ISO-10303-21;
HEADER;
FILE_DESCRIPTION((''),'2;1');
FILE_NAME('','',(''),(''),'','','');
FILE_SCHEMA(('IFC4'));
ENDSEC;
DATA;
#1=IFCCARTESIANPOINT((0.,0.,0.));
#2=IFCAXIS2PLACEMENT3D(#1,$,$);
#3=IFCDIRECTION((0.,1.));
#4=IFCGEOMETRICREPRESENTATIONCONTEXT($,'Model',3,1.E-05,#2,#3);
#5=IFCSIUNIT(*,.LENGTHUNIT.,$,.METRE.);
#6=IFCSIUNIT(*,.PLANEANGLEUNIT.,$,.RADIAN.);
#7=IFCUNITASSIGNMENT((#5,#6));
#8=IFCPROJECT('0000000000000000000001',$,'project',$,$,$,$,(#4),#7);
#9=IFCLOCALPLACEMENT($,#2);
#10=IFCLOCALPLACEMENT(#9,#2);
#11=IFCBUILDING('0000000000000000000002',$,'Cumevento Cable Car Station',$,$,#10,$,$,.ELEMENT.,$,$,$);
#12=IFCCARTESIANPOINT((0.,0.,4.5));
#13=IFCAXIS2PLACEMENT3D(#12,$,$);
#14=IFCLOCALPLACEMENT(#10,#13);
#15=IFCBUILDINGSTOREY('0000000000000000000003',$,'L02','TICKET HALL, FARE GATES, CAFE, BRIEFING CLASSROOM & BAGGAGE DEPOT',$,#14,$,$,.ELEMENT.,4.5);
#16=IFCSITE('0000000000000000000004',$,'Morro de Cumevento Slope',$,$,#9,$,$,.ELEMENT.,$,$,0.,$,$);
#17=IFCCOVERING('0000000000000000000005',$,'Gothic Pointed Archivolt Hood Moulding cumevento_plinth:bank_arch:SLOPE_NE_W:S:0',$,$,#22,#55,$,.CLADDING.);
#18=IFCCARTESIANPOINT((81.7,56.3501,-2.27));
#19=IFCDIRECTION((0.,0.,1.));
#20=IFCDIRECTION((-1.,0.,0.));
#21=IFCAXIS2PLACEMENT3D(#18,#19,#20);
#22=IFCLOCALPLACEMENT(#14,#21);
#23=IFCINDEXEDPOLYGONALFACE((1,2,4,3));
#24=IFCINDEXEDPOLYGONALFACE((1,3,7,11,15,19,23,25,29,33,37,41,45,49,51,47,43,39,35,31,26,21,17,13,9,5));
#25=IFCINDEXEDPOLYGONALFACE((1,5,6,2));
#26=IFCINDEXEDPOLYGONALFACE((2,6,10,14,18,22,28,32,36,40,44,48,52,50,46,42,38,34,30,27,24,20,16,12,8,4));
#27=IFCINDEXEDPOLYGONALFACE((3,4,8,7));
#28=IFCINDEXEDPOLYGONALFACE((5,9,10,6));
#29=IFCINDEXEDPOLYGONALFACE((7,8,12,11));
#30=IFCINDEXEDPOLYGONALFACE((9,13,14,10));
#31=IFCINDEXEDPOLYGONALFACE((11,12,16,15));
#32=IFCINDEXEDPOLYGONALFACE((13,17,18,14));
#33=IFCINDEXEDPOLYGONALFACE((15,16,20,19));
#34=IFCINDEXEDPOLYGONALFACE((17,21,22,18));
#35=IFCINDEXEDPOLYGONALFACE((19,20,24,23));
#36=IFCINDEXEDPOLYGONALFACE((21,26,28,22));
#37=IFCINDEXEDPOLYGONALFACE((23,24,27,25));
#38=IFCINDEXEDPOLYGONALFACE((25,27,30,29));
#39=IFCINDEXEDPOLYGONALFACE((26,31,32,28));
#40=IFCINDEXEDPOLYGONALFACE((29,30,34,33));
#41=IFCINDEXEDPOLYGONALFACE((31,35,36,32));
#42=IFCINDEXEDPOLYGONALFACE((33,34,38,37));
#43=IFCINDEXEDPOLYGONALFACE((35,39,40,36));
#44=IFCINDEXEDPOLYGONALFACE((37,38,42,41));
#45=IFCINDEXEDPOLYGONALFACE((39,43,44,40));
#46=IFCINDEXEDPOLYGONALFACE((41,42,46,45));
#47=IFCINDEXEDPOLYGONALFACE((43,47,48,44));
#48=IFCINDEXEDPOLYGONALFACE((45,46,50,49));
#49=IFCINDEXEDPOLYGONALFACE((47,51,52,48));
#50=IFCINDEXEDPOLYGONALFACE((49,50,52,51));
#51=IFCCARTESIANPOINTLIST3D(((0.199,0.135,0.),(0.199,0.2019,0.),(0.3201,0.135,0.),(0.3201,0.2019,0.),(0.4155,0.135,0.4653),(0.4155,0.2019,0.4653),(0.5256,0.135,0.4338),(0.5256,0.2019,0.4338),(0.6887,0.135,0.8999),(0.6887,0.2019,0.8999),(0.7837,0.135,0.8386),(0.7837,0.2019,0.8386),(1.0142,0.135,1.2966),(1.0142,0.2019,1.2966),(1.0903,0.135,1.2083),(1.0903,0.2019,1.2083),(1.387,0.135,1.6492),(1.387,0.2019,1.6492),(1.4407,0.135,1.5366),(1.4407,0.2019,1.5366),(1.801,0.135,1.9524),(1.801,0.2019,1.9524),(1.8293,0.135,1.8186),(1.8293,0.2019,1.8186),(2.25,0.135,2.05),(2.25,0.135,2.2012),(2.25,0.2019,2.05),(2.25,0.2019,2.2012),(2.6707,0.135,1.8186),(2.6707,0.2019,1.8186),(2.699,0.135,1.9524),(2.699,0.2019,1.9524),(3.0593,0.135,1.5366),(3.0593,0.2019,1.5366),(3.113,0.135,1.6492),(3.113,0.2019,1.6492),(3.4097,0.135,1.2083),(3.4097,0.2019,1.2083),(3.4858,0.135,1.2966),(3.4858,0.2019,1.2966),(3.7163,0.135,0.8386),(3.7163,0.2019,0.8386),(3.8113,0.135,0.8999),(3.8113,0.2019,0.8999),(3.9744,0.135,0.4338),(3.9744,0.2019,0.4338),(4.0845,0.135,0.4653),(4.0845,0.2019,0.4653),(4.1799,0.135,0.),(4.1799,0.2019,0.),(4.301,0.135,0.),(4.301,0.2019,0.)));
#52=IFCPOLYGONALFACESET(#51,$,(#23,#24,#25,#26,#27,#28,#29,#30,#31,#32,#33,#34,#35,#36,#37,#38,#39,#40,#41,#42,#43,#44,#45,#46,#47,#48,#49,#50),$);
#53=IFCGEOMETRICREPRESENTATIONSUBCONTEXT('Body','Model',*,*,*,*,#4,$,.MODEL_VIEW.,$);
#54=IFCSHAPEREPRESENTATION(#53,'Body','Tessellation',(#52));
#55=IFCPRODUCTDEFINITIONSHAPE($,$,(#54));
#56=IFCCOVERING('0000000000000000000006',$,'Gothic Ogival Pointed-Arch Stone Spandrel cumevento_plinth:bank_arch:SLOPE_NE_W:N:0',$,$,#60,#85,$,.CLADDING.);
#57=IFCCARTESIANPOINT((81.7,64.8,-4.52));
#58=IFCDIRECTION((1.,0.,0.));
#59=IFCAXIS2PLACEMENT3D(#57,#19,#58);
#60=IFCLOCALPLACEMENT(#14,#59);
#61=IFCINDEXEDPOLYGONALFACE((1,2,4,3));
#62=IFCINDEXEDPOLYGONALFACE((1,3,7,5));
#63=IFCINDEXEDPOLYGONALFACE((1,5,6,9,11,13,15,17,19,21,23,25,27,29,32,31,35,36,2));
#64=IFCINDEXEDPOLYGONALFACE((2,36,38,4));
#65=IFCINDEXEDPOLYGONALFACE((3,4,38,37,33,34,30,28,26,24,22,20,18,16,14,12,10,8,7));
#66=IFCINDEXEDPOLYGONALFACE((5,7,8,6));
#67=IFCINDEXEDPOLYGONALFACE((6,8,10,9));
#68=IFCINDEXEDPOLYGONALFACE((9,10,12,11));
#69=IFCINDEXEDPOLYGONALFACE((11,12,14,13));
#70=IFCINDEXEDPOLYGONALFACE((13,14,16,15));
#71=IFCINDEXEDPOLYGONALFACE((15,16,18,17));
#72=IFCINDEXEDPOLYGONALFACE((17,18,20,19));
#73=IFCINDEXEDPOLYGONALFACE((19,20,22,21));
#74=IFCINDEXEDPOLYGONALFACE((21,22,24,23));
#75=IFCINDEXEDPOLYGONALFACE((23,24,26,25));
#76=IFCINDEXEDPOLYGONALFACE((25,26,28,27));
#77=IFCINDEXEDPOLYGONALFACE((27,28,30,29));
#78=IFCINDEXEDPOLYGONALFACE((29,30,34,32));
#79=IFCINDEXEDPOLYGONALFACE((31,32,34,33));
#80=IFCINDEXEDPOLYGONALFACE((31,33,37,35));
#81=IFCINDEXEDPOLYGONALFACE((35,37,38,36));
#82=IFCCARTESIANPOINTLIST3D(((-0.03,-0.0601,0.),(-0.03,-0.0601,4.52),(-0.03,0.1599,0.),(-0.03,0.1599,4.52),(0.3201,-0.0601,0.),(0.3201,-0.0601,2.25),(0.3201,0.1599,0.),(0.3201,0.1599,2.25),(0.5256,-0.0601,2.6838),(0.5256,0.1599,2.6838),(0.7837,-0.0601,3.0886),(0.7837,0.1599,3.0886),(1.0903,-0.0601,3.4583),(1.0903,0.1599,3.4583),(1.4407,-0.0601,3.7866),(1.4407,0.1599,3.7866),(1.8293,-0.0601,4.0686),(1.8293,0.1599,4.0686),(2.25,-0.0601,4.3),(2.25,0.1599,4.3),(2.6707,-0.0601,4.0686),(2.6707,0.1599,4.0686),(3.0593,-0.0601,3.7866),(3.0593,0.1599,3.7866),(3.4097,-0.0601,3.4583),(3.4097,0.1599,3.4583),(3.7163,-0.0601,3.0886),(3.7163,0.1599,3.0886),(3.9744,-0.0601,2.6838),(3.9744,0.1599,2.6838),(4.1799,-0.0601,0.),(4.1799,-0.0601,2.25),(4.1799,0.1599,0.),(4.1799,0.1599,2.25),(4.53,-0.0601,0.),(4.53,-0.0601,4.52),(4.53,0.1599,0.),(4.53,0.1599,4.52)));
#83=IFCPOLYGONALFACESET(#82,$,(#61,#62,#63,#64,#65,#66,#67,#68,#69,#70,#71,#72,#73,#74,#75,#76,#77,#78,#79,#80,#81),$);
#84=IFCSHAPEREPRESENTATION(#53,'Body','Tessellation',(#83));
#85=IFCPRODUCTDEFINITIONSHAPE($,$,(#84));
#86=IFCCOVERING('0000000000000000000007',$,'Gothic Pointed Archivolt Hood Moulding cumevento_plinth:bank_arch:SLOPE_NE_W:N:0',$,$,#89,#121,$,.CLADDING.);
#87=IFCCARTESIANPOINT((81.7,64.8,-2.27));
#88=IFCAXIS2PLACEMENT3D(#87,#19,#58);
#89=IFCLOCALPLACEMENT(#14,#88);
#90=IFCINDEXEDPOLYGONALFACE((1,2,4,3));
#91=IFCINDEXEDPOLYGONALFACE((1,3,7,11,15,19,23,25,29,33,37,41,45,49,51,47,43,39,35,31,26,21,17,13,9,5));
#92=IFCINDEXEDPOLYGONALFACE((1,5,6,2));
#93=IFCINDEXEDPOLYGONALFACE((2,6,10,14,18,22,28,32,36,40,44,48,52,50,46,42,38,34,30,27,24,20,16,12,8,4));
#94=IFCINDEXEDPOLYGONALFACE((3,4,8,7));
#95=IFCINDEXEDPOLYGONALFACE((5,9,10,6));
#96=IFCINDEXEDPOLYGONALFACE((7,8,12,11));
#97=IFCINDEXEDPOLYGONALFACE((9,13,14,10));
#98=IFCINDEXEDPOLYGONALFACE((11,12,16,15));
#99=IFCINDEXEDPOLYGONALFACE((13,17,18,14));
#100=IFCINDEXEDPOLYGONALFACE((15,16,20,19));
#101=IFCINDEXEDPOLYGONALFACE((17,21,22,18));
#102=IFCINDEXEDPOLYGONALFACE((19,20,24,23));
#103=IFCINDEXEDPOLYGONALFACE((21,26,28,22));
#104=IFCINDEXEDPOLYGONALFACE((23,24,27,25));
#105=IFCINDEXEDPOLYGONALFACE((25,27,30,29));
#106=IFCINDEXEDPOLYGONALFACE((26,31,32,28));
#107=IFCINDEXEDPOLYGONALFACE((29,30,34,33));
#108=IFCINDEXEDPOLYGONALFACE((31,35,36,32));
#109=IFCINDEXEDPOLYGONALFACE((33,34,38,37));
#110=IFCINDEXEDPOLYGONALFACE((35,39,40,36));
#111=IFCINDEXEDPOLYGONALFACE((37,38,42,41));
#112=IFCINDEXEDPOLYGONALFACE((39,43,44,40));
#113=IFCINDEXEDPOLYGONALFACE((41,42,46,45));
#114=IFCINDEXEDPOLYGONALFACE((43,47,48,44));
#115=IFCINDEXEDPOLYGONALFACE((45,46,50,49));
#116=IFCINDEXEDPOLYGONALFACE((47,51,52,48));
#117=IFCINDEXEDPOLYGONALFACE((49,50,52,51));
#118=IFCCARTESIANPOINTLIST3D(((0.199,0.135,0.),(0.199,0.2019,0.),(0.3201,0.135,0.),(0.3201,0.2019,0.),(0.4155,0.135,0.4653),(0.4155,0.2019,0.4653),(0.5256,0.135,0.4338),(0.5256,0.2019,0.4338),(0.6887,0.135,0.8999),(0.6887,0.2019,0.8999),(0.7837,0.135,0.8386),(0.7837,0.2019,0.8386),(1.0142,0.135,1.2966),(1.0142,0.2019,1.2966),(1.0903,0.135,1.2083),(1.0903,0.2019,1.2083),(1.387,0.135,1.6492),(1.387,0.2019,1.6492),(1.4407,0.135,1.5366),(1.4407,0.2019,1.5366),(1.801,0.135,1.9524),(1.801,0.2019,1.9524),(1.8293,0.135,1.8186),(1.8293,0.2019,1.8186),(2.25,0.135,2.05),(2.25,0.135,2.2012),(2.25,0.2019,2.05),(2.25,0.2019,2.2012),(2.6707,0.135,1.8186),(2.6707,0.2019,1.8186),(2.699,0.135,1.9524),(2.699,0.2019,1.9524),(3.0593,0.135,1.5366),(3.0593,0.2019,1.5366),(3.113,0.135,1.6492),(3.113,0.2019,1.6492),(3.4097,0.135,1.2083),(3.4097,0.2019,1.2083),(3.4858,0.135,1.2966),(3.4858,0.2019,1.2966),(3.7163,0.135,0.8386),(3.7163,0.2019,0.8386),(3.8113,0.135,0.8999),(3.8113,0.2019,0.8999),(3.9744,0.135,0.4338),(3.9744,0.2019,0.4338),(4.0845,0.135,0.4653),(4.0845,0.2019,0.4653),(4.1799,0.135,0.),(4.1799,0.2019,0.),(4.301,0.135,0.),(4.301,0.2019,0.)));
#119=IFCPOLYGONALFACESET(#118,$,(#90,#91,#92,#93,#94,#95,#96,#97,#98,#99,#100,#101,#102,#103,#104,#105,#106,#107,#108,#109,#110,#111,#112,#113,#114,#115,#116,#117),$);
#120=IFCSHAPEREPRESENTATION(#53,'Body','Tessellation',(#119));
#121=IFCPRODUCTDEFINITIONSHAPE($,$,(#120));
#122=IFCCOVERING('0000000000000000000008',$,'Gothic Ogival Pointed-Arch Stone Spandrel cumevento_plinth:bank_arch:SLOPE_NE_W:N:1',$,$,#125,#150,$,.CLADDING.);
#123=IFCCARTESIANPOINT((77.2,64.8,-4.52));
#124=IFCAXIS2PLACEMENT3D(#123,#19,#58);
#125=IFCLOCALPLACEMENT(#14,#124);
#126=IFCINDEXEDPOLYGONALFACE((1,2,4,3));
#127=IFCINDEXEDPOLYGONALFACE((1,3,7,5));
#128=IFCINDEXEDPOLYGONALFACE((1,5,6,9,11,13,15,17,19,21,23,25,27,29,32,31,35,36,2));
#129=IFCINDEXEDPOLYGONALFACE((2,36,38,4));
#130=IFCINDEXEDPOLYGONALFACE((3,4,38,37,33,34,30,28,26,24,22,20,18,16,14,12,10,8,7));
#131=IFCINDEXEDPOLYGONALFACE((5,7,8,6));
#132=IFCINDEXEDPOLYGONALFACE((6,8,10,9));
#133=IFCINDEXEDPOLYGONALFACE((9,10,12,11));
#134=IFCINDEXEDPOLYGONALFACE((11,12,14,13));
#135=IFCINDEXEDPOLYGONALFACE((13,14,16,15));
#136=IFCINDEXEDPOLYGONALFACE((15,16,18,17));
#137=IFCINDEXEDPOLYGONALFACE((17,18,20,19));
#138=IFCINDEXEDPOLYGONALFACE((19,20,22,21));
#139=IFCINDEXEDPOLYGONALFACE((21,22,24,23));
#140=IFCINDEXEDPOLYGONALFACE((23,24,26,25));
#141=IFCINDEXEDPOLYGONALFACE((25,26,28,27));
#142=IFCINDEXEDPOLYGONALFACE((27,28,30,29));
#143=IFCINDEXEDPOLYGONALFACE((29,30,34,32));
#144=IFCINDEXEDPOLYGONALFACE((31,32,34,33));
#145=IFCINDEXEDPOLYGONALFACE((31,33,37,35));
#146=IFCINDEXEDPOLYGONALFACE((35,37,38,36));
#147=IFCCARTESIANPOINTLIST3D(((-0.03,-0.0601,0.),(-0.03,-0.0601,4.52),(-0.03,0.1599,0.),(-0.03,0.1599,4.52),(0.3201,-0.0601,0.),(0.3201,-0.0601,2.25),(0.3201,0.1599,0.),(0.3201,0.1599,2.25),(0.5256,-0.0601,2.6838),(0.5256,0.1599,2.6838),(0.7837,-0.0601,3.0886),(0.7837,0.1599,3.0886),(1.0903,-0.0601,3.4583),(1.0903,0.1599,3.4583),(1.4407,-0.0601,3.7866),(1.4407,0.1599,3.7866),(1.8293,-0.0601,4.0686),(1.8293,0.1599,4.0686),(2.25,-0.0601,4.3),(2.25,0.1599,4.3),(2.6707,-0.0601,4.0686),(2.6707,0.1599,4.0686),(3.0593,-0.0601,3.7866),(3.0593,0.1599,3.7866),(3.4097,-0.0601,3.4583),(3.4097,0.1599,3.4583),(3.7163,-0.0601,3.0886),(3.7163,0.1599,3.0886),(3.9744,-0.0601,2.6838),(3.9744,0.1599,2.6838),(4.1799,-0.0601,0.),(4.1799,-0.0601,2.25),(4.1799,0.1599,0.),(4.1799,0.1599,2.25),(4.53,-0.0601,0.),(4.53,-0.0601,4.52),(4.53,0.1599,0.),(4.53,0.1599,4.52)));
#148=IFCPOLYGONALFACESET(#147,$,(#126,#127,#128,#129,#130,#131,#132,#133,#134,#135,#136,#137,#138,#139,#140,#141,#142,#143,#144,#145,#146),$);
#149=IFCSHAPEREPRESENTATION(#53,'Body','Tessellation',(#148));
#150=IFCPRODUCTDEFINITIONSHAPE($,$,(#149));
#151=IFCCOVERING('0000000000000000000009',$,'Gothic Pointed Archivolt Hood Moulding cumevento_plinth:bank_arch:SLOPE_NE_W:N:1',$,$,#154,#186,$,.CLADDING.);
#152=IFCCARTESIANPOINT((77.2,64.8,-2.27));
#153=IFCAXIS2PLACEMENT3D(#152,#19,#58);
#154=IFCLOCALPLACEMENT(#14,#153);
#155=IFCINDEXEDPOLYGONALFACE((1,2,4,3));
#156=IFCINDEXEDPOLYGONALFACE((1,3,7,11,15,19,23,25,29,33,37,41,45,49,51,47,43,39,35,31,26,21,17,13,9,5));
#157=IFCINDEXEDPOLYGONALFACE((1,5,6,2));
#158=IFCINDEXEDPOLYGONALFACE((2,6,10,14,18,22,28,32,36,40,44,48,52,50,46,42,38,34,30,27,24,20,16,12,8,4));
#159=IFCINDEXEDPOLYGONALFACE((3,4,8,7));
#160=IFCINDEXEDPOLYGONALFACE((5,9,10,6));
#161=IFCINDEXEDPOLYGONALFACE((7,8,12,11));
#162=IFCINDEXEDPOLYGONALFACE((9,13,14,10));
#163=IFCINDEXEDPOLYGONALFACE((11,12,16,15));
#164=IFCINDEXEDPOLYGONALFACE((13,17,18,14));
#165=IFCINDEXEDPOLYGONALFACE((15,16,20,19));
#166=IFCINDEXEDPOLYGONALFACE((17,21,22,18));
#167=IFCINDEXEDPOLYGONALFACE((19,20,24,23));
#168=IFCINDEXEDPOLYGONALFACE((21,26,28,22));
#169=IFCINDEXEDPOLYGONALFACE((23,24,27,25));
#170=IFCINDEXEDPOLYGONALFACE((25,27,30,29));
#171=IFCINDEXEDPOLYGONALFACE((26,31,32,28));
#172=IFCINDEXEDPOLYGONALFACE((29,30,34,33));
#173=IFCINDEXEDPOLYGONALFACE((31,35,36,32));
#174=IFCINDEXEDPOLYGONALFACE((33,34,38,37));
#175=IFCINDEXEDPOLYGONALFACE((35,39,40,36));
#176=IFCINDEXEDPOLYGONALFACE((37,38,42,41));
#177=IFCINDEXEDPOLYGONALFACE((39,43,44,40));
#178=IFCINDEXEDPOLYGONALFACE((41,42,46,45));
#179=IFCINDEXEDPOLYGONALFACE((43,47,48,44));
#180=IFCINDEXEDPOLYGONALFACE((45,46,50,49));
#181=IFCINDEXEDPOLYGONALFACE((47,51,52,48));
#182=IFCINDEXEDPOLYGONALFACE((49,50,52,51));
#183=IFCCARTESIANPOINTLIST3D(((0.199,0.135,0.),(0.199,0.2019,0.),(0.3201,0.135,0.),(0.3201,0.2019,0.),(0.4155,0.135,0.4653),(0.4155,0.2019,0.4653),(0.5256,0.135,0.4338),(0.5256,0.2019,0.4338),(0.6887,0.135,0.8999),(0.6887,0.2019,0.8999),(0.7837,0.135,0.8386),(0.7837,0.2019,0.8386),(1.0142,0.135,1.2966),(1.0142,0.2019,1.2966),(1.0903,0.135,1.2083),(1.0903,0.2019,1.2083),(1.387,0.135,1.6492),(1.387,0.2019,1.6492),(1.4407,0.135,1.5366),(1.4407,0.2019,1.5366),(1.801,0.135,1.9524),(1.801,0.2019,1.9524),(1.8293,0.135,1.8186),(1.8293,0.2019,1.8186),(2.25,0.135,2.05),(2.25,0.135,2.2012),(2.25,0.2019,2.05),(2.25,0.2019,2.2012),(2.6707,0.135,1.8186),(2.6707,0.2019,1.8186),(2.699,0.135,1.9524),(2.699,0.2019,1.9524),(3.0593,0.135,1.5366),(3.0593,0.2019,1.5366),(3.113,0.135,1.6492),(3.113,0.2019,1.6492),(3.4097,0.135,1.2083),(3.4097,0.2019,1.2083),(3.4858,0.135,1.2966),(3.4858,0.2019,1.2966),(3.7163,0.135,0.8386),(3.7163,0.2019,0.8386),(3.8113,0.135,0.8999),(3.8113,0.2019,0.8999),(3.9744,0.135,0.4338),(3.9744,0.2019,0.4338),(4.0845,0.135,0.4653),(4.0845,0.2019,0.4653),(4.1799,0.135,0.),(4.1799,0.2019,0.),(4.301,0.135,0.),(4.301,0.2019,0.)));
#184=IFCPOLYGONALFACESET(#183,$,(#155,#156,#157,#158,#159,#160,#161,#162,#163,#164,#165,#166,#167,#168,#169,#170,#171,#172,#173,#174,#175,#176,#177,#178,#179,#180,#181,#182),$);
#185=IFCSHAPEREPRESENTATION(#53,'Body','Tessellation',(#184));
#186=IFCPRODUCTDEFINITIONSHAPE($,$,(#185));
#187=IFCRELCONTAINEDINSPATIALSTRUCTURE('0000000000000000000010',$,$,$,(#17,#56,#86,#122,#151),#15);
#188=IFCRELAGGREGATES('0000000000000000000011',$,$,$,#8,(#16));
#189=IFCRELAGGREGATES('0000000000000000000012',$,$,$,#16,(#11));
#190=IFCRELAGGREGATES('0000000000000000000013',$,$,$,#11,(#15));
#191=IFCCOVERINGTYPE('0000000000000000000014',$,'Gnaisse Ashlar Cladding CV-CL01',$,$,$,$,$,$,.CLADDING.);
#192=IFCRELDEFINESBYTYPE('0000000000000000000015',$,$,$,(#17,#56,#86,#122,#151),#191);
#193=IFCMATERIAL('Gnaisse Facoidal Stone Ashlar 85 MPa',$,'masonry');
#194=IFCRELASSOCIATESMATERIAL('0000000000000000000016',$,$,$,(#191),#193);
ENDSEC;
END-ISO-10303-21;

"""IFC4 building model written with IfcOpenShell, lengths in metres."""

from ifc_helpers import new_model, si_unit, direction, frame, origin, place, context, subcontext, project, spatial, polyline, outline, extrude, material, type_object, element, save


model = new_model("IFC4")

# Units and contexts
model_context = context("Model", 3, precision=1e-05, world=origin(), true_north=direction((0.0, 1.0)))
body_context = subcontext(model_context, "Body", "Model", "MODEL_VIEW")
ifc_project = project(units=[si_unit("LENGTHUNIT", "METRE"), si_unit("PLANEANGLEUNIT", "RADIAN")], contexts=[model_context])

# Site, building, storey
site_placement = place(None, origin())
site = spatial("IfcSite", under=ifc_project, at=site_placement, Name="Morro de Cumevento Slope", CompositionType="ELEMENT", RefElevation=0.0)
building_placement = place(site_placement, origin())
building = spatial("IfcBuilding", under=site, at=building_placement, Name="Cumevento Cable Car Station", CompositionType="ELEMENT")
storey_placement = place(building_placement, frame((0.0, 0.0, 4.5)))
storey = spatial("IfcBuildingStorey", under=building, at=storey_placement, Name="L02", Description="TICKET HALL, FARE GATES, CAFE, BRIEFING CLASSROOM & BAGGAGE DEPOT", CompositionType="ELEMENT", Elevation=4.5)

# Coverings
ifc_material_1 = material(Name="Gnaisse Facoidal Stone Ashlar 85 MPa", Category="masonry")
covering_type = type_object("IfcCoveringType", Name="Gnaisse Ashlar Cladding CV-CL01", PredefinedType="CLADDING", material=ifc_material_1)
covering_1_placement = place(storey_placement, frame((81.7, 56.3501, -2.27), z_axis=(0.0, 0.0, 1.0), x_axis=(-1.0, 0.0, 0.0)))
element("IfcCovering", 1, at=covering_1_placement, inside=storey, type_object=covering_type, Name="Gothic Pointed Archivolt Hood Moulding cumevento_plinth:bank_arch:SLOPE_NE_W:S:0", PredefinedType="CLADDING", context=body_context, shape_type="SweptSolid", body=[
    extrude(outline(polyline([(0.3201, 0.0), (0.5256, 0.4338), (0.7837, 0.8386), (1.0903, 1.2083), (1.4407, 1.5366), (1.8293, 1.8186), (2.25, 2.05), (2.6707, 1.8186), (3.0593, 1.5366), (3.4097, 1.2083), (3.7163, 0.8386), (3.9744, 0.4338), (4.1799, 0.0), (4.301, 0.0), (4.0845, 0.4653), (3.8113, 0.8999), (3.4858, 1.2966), (3.113, 1.6492), (2.699, 1.9524), (2.25, 2.2012), (1.801, 1.9524), (1.387, 1.6492), (1.0142, 1.2966), (0.6887, 0.8999), (0.4155, 0.4653), (0.199, 0.0), (0.3201, 0.0)])), frame((0.0, 0.2019, 0.0), z_axis=(0.0, -1.0, 0.0), x_axis=(1.0, 0.0, 0.0)), (0.0, 0.0, 1.0), 0.0669),
])
covering_2_placement = place(storey_placement, frame((81.7, 64.8, -4.52), z_axis=(0.0, 0.0, 1.0), x_axis=(1.0, 0.0, 0.0)))
element("IfcCovering", 2, at=covering_2_placement, inside=storey, type_object=covering_type, Name="Gothic Ogival Pointed-Arch Stone Spandrel cumevento_plinth:bank_arch:SLOPE_NE_W:N:0", PredefinedType="CLADDING", context=body_context, shape_type="SweptSolid", body=[
    extrude(outline(polyline([(-0.03, 0.0), (-0.03, 4.52), (4.53, 4.52), (4.53, 0.0), (4.1799, 0.0), (4.1799, 2.25), (3.9744, 2.6838), (3.7163, 3.0886), (3.4097, 3.4583), (3.0593, 3.7866), (2.6707, 4.0686), (2.25, 4.3), (1.8293, 4.0686), (1.4407, 3.7866), (1.0903, 3.4583), (0.7837, 3.0886), (0.5256, 2.6838), (0.3201, 2.25), (0.3201, 0.0), (-0.03, 0.0)])), frame((0.0, 0.1599, 0.0), z_axis=(0.0, -1.0, 0.0), x_axis=(1.0, 0.0, 0.0)), (0.0, 0.0, 1.0), 0.22),
])
covering_3_placement = place(storey_placement, frame((81.7, 64.8, -2.27), z_axis=(0.0, 0.0, 1.0), x_axis=(1.0, 0.0, 0.0)))
element("IfcCovering", 3, at=covering_3_placement, inside=storey, type_object=covering_type, Name="Gothic Pointed Archivolt Hood Moulding cumevento_plinth:bank_arch:SLOPE_NE_W:N:0", PredefinedType="CLADDING", context=body_context, shape_type="SweptSolid", body=[
    extrude(outline(polyline([(0.3201, 0.0), (0.5256, 0.4338), (0.7837, 0.8386), (1.0903, 1.2083), (1.4407, 1.5366), (1.8293, 1.8186), (2.25, 2.05), (2.6707, 1.8186), (3.0593, 1.5366), (3.4097, 1.2083), (3.7163, 0.8386), (3.9744, 0.4338), (4.1799, 0.0), (4.301, 0.0), (4.0845, 0.4653), (3.8113, 0.8999), (3.4858, 1.2966), (3.113, 1.6492), (2.699, 1.9524), (2.25, 2.2012), (1.801, 1.9524), (1.387, 1.6492), (1.0142, 1.2966), (0.6887, 0.8999), (0.4155, 0.4653), (0.199, 0.0), (0.3201, 0.0)])), frame((0.0, 0.2019, 0.0), z_axis=(0.0, -1.0, 0.0), x_axis=(1.0, 0.0, 0.0)), (0.0, 0.0, 1.0), 0.0669),
])
covering_4_placement = place(storey_placement, frame((77.2, 64.8, -4.52), z_axis=(0.0, 0.0, 1.0), x_axis=(1.0, 0.0, 0.0)))
element("IfcCovering", 4, at=covering_4_placement, inside=storey, type_object=covering_type, Name="Gothic Ogival Pointed-Arch Stone Spandrel cumevento_plinth:bank_arch:SLOPE_NE_W:N:1", PredefinedType="CLADDING", context=body_context, shape_type="SweptSolid", body=[
    extrude(outline(polyline([(-0.03, 0.0), (-0.03, 4.52), (4.53, 4.52), (4.53, 0.0), (4.1799, 0.0), (4.1799, 2.25), (3.9744, 2.6838), (3.7163, 3.0886), (3.4097, 3.4583), (3.0593, 3.7866), (2.6707, 4.0686), (2.25, 4.3), (1.8293, 4.0686), (1.4407, 3.7866), (1.0903, 3.4583), (0.7837, 3.0886), (0.5256, 2.6838), (0.3201, 2.25), (0.3201, 0.0), (-0.03, 0.0)])), frame((0.0, 0.1599, 0.0), z_axis=(0.0, -1.0, 0.0), x_axis=(1.0, 0.0, 0.0)), (0.0, 0.0, 1.0), 0.22),
])
covering_5_placement = place(storey_placement, frame((77.2, 64.8, -2.27), z_axis=(0.0, 0.0, 1.0), x_axis=(1.0, 0.0, 0.0)))
element("IfcCovering", 5, at=covering_5_placement, inside=storey, type_object=covering_type, Name="Gothic Pointed Archivolt Hood Moulding cumevento_plinth:bank_arch:SLOPE_NE_W:N:1", PredefinedType="CLADDING", context=body_context, shape_type="SweptSolid", body=[
    extrude(outline(polyline([(0.3201, 0.0), (0.5256, 0.4338), (0.7837, 0.8386), (1.0903, 1.2083), (1.4407, 1.5366), (1.8293, 1.8186), (2.25, 2.05), (2.6707, 1.8186), (3.0593, 1.5366), (3.4097, 1.2083), (3.7163, 0.8386), (3.9744, 0.4338), (4.1799, 0.0), (4.301, 0.0), (4.0845, 0.4653), (3.8113, 0.8999), (3.4858, 1.2966), (3.113, 1.6492), (2.699, 1.9524), (2.25, 2.2012), (1.801, 1.9524), (1.387, 1.6492), (1.0142, 1.2966), (0.6887, 0.8999), (0.4155, 0.4653), (0.199, 0.0), (0.3201, 0.0)])), frame((0.0, 0.2019, 0.0), z_axis=(0.0, -1.0, 0.0), x_axis=(1.0, 0.0, 0.0)), (0.0, 0.0, 1.0), 0.0669),
])

save(model, "model.ifc")
